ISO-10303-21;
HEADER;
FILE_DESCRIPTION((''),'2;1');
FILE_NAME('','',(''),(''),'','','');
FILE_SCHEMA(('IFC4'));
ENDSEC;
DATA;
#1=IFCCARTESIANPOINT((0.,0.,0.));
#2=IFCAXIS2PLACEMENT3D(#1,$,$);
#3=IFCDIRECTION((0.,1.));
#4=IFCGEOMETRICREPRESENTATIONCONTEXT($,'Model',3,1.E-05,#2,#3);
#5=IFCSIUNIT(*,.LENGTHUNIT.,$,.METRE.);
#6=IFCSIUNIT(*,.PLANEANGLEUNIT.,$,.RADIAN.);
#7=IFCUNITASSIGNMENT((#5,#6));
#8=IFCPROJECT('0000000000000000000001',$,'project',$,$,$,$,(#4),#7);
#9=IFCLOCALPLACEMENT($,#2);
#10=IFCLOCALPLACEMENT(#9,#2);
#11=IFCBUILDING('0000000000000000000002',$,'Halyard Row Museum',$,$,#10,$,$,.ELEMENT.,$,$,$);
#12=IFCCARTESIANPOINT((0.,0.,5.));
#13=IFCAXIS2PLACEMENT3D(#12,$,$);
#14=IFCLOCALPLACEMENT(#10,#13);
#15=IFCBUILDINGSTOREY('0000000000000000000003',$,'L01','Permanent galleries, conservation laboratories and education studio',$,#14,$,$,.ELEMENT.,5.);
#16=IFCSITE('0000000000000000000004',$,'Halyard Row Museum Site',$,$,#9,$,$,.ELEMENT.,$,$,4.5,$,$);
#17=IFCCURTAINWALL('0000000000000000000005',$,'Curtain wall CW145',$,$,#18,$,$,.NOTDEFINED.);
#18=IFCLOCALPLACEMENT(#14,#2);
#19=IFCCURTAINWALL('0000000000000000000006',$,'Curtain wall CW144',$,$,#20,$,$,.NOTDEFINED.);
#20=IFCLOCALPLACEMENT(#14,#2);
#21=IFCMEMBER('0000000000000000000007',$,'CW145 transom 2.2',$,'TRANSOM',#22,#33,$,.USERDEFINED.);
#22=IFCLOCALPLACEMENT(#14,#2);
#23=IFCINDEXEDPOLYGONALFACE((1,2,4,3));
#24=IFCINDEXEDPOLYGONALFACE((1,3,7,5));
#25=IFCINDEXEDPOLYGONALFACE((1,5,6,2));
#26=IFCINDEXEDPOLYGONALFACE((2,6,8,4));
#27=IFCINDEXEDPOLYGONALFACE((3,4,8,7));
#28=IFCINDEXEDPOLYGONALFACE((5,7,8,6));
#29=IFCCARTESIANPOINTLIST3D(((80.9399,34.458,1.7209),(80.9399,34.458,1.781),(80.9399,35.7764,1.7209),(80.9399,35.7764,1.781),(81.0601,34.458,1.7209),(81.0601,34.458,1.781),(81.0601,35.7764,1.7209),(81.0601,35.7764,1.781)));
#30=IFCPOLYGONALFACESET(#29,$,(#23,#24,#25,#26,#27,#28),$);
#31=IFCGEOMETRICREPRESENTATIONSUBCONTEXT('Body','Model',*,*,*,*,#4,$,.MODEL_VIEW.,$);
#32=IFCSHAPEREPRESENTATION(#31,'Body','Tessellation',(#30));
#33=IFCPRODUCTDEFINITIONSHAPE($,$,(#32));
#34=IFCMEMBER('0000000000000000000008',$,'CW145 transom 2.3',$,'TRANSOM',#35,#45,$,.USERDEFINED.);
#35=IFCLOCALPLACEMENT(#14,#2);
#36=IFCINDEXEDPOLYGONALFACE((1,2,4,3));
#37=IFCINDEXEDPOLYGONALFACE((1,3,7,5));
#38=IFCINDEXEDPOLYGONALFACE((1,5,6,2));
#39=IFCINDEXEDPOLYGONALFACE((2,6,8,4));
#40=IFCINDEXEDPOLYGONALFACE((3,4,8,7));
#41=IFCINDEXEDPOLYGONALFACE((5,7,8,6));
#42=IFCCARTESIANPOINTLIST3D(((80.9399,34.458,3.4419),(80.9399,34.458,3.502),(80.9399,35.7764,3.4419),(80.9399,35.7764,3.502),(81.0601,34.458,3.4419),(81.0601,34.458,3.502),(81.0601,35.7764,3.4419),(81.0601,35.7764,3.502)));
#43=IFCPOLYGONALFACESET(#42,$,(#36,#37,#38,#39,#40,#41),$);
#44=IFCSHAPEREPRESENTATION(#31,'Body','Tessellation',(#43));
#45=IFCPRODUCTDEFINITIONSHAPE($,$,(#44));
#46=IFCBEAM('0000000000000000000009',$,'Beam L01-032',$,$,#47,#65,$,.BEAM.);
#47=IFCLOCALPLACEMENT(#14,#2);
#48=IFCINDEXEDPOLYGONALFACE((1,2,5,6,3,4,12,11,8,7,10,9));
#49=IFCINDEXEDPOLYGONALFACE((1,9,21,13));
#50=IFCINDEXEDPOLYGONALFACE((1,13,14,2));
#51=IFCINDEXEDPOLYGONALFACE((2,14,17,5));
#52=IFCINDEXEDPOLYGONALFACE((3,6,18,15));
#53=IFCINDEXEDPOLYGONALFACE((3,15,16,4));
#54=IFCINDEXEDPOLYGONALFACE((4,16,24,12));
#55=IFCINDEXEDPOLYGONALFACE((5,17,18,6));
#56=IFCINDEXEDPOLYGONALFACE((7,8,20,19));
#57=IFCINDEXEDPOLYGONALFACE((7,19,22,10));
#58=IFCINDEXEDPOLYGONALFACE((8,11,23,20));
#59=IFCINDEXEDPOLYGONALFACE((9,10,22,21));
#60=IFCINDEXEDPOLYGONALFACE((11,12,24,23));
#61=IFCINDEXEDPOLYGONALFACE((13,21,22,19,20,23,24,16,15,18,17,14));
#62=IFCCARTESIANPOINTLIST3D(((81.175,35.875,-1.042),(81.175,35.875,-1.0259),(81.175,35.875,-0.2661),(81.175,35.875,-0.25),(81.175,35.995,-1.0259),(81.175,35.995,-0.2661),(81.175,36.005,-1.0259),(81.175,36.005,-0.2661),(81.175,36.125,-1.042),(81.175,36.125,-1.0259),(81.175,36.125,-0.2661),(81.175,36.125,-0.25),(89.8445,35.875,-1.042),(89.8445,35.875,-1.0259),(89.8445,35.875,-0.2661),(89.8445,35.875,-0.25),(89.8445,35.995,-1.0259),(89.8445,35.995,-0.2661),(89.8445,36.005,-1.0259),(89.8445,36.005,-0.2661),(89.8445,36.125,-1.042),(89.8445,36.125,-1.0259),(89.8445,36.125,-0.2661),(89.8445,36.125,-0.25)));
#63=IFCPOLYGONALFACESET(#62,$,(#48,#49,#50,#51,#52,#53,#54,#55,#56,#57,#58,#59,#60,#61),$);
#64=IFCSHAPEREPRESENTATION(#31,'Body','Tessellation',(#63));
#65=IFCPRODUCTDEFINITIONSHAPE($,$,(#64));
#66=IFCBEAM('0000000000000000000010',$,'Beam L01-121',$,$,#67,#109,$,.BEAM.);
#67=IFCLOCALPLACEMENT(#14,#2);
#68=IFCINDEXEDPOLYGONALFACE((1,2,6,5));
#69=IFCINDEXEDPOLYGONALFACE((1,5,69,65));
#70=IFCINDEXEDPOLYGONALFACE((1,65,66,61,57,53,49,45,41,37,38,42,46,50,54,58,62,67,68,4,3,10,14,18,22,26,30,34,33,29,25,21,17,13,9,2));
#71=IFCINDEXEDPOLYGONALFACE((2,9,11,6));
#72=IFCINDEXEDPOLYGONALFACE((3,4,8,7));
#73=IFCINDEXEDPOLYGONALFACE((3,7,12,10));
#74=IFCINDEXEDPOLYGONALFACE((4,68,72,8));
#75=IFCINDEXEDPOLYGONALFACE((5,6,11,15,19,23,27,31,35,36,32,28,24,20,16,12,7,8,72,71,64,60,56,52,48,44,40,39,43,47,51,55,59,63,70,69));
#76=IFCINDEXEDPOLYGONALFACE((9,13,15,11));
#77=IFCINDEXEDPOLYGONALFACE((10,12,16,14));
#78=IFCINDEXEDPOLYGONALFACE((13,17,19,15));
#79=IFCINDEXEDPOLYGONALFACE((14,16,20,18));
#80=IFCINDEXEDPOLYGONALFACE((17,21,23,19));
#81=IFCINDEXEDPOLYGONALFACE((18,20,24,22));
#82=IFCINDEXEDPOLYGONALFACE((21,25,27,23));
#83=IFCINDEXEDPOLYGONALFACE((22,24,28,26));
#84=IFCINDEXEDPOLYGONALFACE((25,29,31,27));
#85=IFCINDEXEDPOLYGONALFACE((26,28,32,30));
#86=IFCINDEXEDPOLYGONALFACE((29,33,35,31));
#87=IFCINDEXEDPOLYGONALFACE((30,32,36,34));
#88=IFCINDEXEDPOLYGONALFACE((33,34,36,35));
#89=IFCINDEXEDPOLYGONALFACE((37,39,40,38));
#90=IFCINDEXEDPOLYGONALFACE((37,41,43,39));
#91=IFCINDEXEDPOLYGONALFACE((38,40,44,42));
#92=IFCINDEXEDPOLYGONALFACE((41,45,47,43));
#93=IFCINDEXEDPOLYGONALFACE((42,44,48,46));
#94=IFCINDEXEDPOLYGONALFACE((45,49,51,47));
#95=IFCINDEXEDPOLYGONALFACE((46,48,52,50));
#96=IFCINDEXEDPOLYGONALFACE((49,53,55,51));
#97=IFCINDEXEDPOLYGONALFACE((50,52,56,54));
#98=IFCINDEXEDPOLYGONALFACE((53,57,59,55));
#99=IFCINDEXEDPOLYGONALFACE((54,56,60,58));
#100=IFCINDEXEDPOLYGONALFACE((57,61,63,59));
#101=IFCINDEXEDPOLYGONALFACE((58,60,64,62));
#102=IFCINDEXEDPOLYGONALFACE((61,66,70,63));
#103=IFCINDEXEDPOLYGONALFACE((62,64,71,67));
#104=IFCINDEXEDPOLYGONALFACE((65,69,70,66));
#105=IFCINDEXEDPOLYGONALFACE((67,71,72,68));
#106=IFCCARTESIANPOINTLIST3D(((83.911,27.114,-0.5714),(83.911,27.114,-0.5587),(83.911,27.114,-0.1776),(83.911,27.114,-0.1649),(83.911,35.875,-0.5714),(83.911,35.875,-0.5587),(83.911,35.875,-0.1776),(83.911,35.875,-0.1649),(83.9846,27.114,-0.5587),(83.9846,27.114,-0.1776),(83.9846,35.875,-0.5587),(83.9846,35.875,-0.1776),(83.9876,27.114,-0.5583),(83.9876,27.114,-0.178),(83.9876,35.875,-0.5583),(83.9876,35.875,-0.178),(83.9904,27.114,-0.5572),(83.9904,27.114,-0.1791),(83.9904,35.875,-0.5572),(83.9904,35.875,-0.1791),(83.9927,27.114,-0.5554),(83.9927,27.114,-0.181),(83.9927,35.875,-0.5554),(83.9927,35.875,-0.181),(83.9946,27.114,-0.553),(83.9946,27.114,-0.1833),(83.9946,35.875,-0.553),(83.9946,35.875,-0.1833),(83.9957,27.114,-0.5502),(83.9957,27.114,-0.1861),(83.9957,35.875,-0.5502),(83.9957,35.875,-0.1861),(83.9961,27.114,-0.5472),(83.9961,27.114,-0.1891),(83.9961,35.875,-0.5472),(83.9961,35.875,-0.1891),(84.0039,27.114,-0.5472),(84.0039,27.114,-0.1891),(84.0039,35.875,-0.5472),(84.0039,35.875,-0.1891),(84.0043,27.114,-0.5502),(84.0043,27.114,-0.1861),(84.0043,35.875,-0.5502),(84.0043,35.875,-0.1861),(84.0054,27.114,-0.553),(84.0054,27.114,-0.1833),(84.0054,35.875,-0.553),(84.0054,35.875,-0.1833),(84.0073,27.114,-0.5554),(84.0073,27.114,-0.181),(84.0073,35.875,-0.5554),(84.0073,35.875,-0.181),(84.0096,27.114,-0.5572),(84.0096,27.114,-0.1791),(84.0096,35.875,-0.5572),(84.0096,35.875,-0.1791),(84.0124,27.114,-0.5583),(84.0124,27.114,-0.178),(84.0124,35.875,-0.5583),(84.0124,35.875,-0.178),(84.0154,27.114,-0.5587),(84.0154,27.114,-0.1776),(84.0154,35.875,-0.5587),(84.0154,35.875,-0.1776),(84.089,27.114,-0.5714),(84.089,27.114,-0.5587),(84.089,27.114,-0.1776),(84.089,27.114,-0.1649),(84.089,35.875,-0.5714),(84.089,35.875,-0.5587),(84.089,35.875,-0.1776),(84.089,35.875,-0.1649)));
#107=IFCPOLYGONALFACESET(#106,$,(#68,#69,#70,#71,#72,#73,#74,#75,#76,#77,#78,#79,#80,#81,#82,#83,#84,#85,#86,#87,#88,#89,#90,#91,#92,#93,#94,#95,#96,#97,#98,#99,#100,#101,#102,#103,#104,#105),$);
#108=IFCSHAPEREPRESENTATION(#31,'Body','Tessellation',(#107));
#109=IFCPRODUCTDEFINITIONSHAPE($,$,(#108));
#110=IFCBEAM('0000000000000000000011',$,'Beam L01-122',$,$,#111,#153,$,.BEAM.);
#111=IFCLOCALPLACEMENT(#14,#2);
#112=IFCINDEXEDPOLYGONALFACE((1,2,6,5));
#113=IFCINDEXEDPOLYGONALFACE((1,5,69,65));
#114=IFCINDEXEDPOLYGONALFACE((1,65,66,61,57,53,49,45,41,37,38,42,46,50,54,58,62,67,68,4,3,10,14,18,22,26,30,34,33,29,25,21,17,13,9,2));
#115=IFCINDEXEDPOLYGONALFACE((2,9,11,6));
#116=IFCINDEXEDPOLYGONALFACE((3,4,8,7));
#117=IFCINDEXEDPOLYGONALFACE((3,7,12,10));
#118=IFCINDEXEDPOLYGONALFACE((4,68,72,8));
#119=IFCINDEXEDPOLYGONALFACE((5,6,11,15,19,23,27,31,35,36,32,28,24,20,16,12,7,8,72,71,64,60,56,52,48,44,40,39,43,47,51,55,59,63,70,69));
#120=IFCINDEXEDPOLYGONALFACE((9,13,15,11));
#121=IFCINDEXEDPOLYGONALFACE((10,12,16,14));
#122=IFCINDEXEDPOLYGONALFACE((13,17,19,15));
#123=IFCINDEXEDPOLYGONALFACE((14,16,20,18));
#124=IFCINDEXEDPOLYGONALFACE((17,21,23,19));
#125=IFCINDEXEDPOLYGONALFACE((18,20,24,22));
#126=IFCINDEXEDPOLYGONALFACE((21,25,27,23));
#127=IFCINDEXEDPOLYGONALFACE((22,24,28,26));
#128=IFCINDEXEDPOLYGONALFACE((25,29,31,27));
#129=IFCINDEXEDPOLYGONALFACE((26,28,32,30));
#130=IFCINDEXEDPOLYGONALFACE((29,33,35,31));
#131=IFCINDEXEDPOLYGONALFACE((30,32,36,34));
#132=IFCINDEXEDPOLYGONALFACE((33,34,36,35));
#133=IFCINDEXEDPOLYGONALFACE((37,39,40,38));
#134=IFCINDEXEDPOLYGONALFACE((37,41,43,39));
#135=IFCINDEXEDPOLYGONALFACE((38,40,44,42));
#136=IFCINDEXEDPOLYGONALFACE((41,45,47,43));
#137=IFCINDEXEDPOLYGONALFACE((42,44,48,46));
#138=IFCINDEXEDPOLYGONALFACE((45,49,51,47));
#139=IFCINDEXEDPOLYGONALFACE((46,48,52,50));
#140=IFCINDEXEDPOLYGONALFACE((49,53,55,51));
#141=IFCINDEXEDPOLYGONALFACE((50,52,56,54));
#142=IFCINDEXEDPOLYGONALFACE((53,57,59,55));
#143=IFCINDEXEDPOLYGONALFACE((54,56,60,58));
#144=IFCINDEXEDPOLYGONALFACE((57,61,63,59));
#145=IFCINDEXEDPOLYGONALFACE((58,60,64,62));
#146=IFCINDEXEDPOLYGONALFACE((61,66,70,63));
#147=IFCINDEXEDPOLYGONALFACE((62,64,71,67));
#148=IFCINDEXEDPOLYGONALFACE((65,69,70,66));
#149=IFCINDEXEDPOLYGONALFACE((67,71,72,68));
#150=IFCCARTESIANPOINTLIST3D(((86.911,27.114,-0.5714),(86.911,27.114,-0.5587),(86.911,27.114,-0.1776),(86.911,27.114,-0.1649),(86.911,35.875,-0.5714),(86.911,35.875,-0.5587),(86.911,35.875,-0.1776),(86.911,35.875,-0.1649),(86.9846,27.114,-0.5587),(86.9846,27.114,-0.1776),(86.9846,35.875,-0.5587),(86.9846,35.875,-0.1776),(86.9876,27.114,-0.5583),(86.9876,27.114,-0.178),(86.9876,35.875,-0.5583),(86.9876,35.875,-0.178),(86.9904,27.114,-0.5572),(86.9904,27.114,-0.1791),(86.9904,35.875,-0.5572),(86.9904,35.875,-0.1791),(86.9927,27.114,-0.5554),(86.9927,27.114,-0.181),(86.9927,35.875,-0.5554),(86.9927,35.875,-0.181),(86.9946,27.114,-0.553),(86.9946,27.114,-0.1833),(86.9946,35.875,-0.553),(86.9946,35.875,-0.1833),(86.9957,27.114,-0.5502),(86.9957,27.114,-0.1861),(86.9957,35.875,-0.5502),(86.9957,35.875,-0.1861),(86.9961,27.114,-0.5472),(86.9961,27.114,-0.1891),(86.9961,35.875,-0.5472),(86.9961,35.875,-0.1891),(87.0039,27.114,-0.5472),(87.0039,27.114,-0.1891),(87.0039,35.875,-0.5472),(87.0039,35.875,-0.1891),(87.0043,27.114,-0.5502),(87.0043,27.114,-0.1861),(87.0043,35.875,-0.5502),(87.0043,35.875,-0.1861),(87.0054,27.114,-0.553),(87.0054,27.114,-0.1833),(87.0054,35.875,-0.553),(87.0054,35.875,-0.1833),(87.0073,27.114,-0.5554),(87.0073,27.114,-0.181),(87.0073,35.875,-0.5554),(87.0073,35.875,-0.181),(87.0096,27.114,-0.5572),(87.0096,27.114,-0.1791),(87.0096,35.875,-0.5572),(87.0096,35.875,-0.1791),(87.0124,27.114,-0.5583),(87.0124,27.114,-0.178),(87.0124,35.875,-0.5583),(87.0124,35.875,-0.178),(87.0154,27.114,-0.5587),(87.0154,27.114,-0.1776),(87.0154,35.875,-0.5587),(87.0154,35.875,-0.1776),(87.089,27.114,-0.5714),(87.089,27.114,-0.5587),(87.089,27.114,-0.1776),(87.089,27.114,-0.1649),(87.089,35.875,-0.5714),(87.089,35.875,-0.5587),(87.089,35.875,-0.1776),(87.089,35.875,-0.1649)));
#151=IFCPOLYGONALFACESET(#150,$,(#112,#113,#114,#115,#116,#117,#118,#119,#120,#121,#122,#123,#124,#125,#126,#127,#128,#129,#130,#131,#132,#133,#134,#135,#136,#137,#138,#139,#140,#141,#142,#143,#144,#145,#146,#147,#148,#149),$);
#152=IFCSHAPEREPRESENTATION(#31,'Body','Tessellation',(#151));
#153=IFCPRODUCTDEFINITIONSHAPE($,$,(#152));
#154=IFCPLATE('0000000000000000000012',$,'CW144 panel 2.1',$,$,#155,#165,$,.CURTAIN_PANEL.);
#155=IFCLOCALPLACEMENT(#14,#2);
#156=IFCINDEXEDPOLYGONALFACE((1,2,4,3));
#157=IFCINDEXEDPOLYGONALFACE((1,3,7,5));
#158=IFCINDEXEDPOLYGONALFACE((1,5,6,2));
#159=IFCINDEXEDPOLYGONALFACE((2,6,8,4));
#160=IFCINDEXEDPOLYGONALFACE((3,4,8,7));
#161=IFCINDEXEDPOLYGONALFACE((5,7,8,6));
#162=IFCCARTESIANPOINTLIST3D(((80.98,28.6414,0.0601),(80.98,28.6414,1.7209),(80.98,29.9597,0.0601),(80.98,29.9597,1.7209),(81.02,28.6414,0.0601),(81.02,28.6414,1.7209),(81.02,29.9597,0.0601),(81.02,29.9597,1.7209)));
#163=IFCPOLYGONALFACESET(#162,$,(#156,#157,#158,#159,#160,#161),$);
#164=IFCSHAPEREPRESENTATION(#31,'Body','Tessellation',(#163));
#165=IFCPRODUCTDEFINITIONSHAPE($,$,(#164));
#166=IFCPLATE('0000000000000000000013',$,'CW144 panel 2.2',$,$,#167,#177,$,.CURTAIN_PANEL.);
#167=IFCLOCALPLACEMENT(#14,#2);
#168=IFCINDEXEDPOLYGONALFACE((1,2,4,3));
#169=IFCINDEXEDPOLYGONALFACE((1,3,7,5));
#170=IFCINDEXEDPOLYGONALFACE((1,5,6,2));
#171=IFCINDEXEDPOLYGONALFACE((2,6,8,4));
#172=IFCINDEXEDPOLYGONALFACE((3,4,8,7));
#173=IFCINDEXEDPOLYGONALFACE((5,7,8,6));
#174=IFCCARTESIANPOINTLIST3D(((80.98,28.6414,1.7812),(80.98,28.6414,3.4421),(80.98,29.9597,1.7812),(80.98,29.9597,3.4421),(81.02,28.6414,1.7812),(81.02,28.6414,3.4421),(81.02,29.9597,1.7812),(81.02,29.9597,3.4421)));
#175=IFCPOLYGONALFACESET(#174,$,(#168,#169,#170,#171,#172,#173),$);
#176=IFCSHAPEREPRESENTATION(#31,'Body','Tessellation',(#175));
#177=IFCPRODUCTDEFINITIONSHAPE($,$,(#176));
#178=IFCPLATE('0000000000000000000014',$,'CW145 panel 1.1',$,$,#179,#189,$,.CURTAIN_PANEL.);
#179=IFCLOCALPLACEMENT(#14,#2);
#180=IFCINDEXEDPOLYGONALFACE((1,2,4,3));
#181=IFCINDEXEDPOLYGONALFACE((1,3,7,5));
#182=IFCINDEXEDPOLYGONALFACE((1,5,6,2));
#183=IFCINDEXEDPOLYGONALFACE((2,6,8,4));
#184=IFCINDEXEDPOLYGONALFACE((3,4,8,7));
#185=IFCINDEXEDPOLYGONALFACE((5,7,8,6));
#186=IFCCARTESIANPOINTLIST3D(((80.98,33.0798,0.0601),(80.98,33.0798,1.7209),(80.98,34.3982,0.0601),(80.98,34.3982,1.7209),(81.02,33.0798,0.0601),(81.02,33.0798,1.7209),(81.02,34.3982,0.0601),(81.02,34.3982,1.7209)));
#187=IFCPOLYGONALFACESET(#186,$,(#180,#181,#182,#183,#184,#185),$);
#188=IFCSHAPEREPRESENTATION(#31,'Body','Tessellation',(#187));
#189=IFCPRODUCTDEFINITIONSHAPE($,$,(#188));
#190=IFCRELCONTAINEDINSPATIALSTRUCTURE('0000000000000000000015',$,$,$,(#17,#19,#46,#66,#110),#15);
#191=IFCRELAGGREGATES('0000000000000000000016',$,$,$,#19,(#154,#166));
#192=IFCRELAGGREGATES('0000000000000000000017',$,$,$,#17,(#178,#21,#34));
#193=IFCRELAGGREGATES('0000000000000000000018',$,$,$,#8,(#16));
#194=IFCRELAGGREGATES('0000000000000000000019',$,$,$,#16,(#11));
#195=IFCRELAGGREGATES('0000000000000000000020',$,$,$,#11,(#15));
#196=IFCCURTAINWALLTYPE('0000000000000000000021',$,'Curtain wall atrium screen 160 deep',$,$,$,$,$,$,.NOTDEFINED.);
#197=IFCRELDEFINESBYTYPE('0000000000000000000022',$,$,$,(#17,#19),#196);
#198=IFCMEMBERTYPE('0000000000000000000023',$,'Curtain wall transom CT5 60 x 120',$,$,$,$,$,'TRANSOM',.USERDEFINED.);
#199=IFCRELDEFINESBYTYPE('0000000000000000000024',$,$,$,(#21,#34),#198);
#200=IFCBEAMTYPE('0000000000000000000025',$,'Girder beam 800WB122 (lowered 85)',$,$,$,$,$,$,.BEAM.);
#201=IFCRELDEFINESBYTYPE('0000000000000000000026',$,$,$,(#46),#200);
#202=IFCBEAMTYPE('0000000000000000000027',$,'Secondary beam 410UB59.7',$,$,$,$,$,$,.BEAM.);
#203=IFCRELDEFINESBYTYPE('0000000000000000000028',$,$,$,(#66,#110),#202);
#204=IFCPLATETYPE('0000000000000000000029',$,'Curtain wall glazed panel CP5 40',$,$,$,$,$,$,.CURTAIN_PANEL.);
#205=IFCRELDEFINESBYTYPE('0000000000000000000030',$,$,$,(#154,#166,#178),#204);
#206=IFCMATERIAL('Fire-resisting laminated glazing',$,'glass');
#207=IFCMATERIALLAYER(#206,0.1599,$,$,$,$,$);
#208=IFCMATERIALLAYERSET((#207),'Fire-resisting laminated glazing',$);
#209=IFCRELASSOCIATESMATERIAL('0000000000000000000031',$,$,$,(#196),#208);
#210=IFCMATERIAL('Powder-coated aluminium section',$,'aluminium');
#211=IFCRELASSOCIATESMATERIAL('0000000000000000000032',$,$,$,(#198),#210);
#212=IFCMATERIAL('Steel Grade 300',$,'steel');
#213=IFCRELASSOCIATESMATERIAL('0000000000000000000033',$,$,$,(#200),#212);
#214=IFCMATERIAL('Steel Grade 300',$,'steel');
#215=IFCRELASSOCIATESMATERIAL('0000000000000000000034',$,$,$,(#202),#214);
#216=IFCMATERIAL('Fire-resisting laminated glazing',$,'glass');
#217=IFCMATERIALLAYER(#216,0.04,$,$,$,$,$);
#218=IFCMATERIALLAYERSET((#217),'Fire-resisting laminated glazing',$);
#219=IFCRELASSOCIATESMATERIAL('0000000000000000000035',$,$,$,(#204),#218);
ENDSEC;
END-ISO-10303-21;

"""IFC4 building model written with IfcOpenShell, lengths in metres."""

from ifc_helpers import new_model, si_unit, direction, frame, origin, origin_2d, place, context, subcontext, project, spatial, rectangle, i_section, extrude, material, layer, layer_set, material_profile, profile_set, type_object, element, aggregate, save


model = new_model("IFC4")

# Units and contexts
model_context = context("Model", 3, precision=1e-05, world=origin(), true_north=direction((0.0, 1.0)))
body_context = subcontext(model_context, "Body", "Model", "MODEL_VIEW")
ifc_project = project(units=[si_unit("LENGTHUNIT", "METRE"), si_unit("PLANEANGLEUNIT", "RADIAN")], contexts=[model_context])

# Site, building, storey
site_placement = place(None, origin())
site = spatial("IfcSite", under=ifc_project, at=site_placement, Name="Halyard Row Museum Site", CompositionType="ELEMENT", RefElevation=4.5)
building_placement = place(site_placement, origin())
building = spatial("IfcBuilding", under=site, at=building_placement, Name="Halyard Row Museum", CompositionType="ELEMENT")
storey_placement = place(building_placement, frame((0.0, 0.0, 5.0)))
storey = spatial("IfcBuildingStorey", under=building, at=storey_placement, Name="L01", Description="Permanent galleries, conservation laboratories and education studio", CompositionType="ELEMENT", Elevation=5.0)

# Shared definitions
ifc_material_1 = material(Name="Fire-resisting laminated glazing", Category="glass")
ifc_layer_1 = layer(ifc_material_1, 0.1599)
ifc_layer_set_1 = layer_set([ifc_layer_1], Name="Fire-resisting laminated glazing")
curtain_wall_type = type_object("IfcCurtainWallType", Name="Curtain wall atrium screen 160 deep", PredefinedType="NOTDEFINED", material=ifc_layer_set_1)

# Curtain wall
curtain_wall_1_placement = place(storey_placement, origin())
curtain_wall_1 = element("IfcCurtainWall", 1, at=curtain_wall_1_placement, inside=storey, type_object=curtain_wall_type, Name="Curtain wall CW145", PredefinedType="NOTDEFINED")

# Shared definitions
ifc_material_2 = material(Name="Powder-coated aluminium section", Category="aluminium")
ifc_material_profile_1 = material_profile(ifc_material_2, rectangle(XDim=0.1201, YDim=0.0601, at=origin_2d()), Name="120x60 transom")
ifc_profile_set_1 = profile_set([ifc_material_profile_1], Name="Powder-coated aluminium section")
member_type_1 = type_object("IfcMemberType", Name="Curtain wall transom CT5 60 x 120", ElementType="TRANSOM", PredefinedType="USERDEFINED", material=ifc_profile_set_1)

# Curtain wall
curtain_wall_2_placement = place(storey_placement, origin())
curtain_wall_2 = element("IfcCurtainWall", 2, at=curtain_wall_2_placement, inside=storey, type_object=curtain_wall_type, Name="Curtain wall CW144", PredefinedType="NOTDEFINED")

# Members
member_1_placement = place(storey_placement, frame((81.0, 34.458, 1.751), z_axis=(0.0, 1.0, 0.0), x_axis=(-1.0, 0.0, 0.0)))
member_1 = element("IfcMember", 3, at=member_1_placement, type_object=member_type_1, Name="CW145 transom 2.2", ObjectType="TRANSOM", PredefinedType="USERDEFINED", context=body_context, shape_type="SweptSolid", body=[
    extrude(rectangle(XDim=0.1201, YDim=0.0601, at=origin_2d()), origin(), (0.0, 0.0, 1.0), 1.3184),
])
member_2_placement = place(storey_placement, frame((81.0, 34.458, 3.4719), z_axis=(0.0, 1.0, 0.0), x_axis=(-1.0, 0.0, 0.0)))
member_2 = element("IfcMember", 4, at=member_2_placement, type_object=member_type_1, Name="CW145 transom 2.3", ObjectType="TRANSOM", PredefinedType="USERDEFINED", context=body_context, shape_type="SweptSolid", body=[
    extrude(rectangle(XDim=0.1201, YDim=0.0601, at=origin_2d()), origin(), (0.0, 0.0, 1.0), 1.3184),
])

# Beams
ifc_material_3 = material(Name="Steel Grade 300", Category="steel")
ifc_material_profile_2 = material_profile(ifc_material_3, i_section(OverallWidth=0.25, OverallDepth=0.792, WebThickness=0.01, FlangeThickness=0.0161, at=origin_2d()), Name="800WB122")
ifc_profile_set_2 = profile_set([ifc_material_profile_2], Name="Steel Grade 300")
beam_type_1 = type_object("IfcBeamType", Name="Girder beam 800WB122 (lowered 85)", PredefinedType="BEAM", material=ifc_profile_set_2)
beam_placement = place(storey_placement, frame((81.175, 36.0, -0.646), z_axis=(1.0, 0.0, 0.0), x_axis=(0.0, 1.0, 0.0)))
element("IfcBeam", 5, at=beam_placement, inside=storey, type_object=beam_type_1, Name="Beam L01-032", PredefinedType="BEAM", context=body_context, shape_type="SweptSolid", body=[
    extrude(i_section(OverallWidth=0.25, OverallDepth=0.792, WebThickness=0.01, FlangeThickness=0.0161, at=origin_2d()), origin(), (0.0, 0.0, 1.0), 8.6694),
])
ifc_material_4 = material(Name="Steel Grade 300", Category="steel")
ifc_material_profile_3 = material_profile(ifc_material_4, i_section(OverallWidth=0.178, OverallDepth=0.4065, WebThickness=0.0078, FlangeThickness=0.0127, FilletRadius=0.0115, at=origin_2d()), Name="410UB59.7")
ifc_profile_set_3 = profile_set([ifc_material_profile_3], Name="Steel Grade 300")
beam_type_2 = type_object("IfcBeamType", Name="Secondary beam 410UB59.7", PredefinedType="BEAM", material=ifc_profile_set_3)
for number, where, z_axis, x_axis, name in (
    (6, (84.0, 27.114, -0.3682), (0.0, 1.0, 0.0), (-1.0, 0.0, 0.0), "Beam L01-121"),
    (7, (87.0, 27.114, -0.3682), (0.0, 1.0, 0.0), (-1.0, 0.0, 0.0), "Beam L01-122"),
):
    element("IfcBeam", number, at=place(storey_placement, frame(where, z_axis=z_axis, x_axis=x_axis)), inside=storey, type_object=beam_type_2, Name=name, PredefinedType="BEAM", context=body_context, shape_type="SweptSolid", body=[
        extrude(i_section(OverallWidth=0.178, OverallDepth=0.4065, WebThickness=0.0078, FlangeThickness=0.0127, FilletRadius=0.0115, at=origin_2d()), origin(), (0.0, 0.0, 1.0), 8.761),
    ])

# Plates
ifc_material_5 = material(Name="Fire-resisting laminated glazing", Category="glass")
ifc_layer_2 = layer(ifc_material_5, 0.04)
ifc_layer_set_2 = layer_set([ifc_layer_2], Name="Fire-resisting laminated glazing")
plate_type = type_object("IfcPlateType", Name="Curtain wall glazed panel CP5 40", PredefinedType="CURTAIN_PANEL", material=ifc_layer_set_2)
plate_1_placement = place(storey_placement, frame((81.0, 29.3005, 0.0601), z_axis=(0.0, 0.0, 1.0), x_axis=(0.0, 1.0, 0.0)))
plate_1 = element("IfcPlate", 8, at=plate_1_placement, type_object=plate_type, Name="CW144 panel 2.1", PredefinedType="CURTAIN_PANEL", context=body_context, shape_type="SweptSolid", body=[
    extrude(rectangle(XDim=1.3184, YDim=0.04, at=origin_2d()), origin(), (0.0, 0.0, 1.0), 1.6609),
])
plate_2_placement = place(storey_placement, frame((81.0, 29.3005, 1.7812), z_axis=(0.0, 0.0, 1.0), x_axis=(0.0, 1.0, 0.0)))
plate_2 = element("IfcPlate", 9, at=plate_2_placement, type_object=plate_type, Name="CW144 panel 2.2", PredefinedType="CURTAIN_PANEL", context=body_context, shape_type="SweptSolid", body=[
    extrude(rectangle(XDim=1.3184, YDim=0.04, at=origin_2d()), origin(), (0.0, 0.0, 1.0), 1.6609),
])
aggregate(curtain_wall_2, [plate_1, plate_2])
plate_3_placement = place(storey_placement, frame((81.0, 33.739, 0.0601), z_axis=(0.0, 0.0, 1.0), x_axis=(0.0, 1.0, 0.0)))
plate_3 = element("IfcPlate", 10, at=plate_3_placement, type_object=plate_type, Name="CW145 panel 1.1", PredefinedType="CURTAIN_PANEL", context=body_context, shape_type="SweptSolid", body=[
    extrude(rectangle(XDim=1.3184, YDim=0.04, at=origin_2d()), origin(), (0.0, 0.0, 1.0), 1.6609),
])
aggregate(curtain_wall_1, [plate_3, member_1, member_2])

save(model, "model.ifc")
